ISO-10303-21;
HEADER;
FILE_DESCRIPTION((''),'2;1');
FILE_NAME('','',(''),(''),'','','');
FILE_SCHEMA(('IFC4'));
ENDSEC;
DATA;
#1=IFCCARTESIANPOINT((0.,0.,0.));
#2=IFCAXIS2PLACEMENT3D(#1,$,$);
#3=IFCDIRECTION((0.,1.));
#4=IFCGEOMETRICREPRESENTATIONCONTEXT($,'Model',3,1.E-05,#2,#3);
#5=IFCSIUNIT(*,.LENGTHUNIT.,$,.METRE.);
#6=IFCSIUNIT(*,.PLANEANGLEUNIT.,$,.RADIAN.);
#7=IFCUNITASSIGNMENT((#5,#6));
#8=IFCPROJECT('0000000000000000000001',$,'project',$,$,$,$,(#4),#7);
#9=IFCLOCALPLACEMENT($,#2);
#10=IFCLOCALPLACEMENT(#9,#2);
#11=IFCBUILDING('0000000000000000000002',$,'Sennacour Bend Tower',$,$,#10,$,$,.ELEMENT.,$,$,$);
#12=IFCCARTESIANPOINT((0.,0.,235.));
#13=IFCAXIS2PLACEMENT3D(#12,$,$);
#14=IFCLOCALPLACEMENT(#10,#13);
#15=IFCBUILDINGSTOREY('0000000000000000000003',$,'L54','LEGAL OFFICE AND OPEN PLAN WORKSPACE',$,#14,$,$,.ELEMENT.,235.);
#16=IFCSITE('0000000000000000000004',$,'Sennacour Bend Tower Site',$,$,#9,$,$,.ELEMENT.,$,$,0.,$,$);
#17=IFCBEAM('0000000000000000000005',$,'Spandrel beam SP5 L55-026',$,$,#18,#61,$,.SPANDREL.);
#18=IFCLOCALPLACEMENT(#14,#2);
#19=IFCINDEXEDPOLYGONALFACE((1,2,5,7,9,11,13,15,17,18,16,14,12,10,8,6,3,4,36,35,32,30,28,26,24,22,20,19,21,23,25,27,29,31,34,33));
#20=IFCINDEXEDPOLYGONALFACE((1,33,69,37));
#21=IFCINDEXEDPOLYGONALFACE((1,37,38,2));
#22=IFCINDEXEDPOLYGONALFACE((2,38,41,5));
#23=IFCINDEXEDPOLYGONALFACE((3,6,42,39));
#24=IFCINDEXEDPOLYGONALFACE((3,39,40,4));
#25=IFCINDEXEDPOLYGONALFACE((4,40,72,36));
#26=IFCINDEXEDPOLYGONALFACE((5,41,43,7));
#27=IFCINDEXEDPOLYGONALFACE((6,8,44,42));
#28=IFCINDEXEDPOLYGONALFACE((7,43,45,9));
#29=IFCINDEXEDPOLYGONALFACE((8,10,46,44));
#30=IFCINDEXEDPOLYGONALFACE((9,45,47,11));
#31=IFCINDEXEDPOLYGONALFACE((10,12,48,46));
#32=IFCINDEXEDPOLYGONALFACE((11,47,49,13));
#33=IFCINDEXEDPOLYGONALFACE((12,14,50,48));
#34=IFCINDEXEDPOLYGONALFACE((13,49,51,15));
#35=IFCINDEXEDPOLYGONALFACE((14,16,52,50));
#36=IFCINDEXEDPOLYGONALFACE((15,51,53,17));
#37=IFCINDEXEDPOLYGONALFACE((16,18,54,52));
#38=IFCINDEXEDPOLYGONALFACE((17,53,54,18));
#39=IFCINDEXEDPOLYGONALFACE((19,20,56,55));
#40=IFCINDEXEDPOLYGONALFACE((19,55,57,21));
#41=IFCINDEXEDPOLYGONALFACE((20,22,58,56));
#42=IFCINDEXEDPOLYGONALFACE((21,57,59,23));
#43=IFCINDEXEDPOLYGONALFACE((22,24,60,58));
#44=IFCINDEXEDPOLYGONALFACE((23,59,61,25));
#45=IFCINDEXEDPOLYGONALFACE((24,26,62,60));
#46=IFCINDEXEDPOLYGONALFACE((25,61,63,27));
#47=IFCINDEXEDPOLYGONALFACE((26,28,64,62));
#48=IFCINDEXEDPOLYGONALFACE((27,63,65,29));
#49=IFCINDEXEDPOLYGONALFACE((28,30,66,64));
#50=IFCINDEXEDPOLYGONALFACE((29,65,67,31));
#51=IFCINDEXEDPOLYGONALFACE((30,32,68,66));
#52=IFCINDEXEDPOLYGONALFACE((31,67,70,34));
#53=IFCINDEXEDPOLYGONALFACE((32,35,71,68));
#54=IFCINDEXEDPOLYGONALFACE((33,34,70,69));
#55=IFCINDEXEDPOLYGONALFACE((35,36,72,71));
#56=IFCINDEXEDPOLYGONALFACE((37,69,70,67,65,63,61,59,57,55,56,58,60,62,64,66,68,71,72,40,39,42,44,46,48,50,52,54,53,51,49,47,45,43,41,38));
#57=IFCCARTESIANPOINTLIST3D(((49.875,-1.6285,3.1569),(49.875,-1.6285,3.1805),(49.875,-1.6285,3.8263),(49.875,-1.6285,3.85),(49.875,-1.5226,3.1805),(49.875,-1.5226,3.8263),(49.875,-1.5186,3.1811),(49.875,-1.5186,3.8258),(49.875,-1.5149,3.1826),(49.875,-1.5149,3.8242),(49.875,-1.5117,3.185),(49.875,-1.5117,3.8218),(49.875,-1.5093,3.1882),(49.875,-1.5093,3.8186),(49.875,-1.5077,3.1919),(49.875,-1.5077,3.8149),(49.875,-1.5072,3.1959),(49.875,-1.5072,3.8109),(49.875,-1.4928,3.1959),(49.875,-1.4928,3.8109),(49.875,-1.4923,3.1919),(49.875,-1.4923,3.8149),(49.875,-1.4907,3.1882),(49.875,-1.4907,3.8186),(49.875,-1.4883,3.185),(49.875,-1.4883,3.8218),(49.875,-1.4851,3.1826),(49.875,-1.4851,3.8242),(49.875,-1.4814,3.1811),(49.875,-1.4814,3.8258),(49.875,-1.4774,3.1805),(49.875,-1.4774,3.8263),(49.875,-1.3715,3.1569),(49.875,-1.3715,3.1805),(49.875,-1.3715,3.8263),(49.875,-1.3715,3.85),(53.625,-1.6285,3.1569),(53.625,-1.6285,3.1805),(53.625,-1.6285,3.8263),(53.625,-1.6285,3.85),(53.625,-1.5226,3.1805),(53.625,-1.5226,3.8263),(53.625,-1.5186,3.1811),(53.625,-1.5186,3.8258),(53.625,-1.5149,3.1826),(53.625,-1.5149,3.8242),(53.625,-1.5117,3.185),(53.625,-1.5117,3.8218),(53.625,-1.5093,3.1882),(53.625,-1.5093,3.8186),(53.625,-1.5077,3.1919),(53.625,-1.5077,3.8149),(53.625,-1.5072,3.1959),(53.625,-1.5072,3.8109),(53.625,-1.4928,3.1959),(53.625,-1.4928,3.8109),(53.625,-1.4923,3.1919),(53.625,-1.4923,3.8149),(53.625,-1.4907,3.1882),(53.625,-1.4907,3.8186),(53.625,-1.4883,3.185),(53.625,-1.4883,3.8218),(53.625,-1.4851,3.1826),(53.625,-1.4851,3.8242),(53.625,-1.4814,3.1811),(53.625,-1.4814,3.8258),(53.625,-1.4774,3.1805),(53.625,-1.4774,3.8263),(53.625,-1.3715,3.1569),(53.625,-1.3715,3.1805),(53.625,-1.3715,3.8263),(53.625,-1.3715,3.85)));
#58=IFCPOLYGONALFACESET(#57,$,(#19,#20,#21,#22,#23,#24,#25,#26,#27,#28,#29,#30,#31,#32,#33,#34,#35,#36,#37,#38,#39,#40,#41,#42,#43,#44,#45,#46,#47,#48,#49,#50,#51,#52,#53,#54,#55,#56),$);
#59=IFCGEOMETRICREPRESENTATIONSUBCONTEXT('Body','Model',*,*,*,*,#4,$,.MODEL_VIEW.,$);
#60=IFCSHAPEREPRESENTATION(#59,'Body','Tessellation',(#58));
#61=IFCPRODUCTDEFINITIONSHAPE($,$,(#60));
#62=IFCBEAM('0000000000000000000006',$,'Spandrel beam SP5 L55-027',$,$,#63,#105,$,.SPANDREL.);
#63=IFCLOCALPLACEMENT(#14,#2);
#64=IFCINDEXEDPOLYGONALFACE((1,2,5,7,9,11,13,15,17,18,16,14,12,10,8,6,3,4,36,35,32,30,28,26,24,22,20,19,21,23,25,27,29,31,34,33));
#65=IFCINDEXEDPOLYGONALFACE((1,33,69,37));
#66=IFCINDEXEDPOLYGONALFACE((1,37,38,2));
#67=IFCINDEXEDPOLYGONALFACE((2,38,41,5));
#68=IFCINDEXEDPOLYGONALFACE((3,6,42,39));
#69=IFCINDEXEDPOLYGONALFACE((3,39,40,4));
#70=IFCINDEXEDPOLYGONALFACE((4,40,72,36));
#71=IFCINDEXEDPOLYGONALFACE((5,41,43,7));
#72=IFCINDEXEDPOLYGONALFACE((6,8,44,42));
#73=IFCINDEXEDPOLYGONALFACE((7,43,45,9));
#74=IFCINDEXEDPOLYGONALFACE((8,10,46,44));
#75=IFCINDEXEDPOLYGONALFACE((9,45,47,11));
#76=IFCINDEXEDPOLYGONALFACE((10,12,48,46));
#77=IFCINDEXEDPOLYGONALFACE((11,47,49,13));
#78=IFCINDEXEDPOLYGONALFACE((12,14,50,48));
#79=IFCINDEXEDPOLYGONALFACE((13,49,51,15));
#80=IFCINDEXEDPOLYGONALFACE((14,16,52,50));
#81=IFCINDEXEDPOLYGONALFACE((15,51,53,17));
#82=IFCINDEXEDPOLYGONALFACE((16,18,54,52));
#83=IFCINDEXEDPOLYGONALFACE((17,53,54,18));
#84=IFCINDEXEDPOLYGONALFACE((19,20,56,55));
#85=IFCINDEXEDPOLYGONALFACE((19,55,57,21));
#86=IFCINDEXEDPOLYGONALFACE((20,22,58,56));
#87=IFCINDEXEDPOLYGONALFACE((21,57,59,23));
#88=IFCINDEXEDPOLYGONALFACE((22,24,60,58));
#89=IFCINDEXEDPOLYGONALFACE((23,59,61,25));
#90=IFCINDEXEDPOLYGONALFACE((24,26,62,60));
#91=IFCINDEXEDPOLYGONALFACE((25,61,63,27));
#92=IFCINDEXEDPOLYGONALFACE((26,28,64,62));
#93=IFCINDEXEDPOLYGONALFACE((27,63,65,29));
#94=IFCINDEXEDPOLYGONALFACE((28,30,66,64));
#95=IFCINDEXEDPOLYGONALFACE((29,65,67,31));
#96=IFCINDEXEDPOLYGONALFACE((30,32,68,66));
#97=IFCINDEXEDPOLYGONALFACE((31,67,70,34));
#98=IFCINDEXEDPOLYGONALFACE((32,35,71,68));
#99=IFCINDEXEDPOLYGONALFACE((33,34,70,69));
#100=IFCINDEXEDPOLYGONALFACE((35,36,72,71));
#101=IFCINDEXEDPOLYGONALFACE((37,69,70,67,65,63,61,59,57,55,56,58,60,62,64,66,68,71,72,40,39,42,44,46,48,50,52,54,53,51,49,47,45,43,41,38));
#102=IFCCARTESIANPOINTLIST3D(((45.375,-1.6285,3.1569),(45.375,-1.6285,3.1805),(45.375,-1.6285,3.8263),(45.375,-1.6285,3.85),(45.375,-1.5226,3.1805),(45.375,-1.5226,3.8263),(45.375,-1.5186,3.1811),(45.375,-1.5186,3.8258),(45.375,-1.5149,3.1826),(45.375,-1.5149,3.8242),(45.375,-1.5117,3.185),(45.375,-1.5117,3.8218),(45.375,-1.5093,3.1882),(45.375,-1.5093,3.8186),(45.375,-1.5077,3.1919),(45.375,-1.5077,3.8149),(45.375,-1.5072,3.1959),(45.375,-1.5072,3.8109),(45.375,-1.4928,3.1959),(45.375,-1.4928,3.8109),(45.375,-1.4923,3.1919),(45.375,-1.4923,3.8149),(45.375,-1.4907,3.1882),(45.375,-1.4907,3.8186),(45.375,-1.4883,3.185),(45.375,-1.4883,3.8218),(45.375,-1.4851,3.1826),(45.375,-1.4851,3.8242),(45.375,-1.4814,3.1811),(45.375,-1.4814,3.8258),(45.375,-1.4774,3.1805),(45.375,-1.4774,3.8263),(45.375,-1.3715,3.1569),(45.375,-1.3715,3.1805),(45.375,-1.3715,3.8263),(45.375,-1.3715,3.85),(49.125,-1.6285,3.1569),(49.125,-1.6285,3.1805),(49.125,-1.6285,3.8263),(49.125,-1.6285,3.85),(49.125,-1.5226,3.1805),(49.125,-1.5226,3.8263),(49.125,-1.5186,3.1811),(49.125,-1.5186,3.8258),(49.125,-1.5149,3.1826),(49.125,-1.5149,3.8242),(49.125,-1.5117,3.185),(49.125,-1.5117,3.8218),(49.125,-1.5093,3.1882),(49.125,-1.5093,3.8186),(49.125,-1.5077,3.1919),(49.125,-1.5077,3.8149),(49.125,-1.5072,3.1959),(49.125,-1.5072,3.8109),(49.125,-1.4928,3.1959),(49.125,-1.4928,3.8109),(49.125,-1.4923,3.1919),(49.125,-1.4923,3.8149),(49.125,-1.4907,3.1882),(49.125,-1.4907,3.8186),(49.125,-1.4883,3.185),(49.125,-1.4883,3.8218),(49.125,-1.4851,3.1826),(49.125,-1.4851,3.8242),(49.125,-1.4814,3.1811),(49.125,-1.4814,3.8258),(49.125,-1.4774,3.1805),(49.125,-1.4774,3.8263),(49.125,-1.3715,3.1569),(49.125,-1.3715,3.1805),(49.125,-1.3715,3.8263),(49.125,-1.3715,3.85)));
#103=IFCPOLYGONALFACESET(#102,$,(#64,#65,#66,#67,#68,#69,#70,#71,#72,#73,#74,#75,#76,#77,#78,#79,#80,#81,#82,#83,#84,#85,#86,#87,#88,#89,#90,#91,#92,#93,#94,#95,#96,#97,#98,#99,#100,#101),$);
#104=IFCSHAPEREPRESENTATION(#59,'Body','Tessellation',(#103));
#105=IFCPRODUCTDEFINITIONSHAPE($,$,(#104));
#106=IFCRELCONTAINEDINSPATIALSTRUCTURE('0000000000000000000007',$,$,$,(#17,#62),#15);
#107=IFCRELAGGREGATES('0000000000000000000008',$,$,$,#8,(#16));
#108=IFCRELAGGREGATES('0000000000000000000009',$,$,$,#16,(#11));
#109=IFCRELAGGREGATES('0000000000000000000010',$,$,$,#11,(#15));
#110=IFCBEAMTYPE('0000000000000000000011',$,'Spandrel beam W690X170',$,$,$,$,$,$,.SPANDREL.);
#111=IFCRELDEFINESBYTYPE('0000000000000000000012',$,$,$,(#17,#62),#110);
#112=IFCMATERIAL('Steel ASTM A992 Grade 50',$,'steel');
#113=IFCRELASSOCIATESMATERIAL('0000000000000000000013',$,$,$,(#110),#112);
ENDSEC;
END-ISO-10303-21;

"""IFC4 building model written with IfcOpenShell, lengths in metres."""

from ifc_helpers import new_model, si_unit, direction, frame, origin, origin_2d, place, context, subcontext, project, spatial, i_section, extrude, material, material_profile, profile_set, type_object, element, save


model = new_model("IFC4")

# Units and contexts
model_context = context("Model", 3, precision=1e-05, world=origin(), true_north=direction((0.0, 1.0)))
body_context = subcontext(model_context, "Body", "Model", "MODEL_VIEW")
ifc_project = project(units=[si_unit("LENGTHUNIT", "METRE"), si_unit("PLANEANGLEUNIT", "RADIAN")], contexts=[model_context])

# Site, building, storey
site_placement = place(None, origin())
site = spatial("IfcSite", under=ifc_project, at=site_placement, Name="Sennacour Bend Tower Site", CompositionType="ELEMENT", RefElevation=0.0)
building_placement = place(site_placement, origin())
building = spatial("IfcBuilding", under=site, at=building_placement, Name="Sennacour Bend Tower", CompositionType="ELEMENT")
storey_placement = place(building_placement, frame((0.0, 0.0, 235.0)))
storey = spatial("IfcBuildingStorey", under=building, at=storey_placement, Name="L54", Description="LEGAL OFFICE AND OPEN PLAN WORKSPACE", CompositionType="ELEMENT", Elevation=235.0)

# Beams
ifc_material_1 = material(Name="Steel ASTM A992 Grade 50", Category="steel")
ifc_material_profile_1 = material_profile(ifc_material_1, i_section(OverallWidth=0.2571, OverallDepth=0.6931, WebThickness=0.0144, FlangeThickness=0.0237, FilletRadius=0.0154, at=origin_2d()), Name="Steel ASTM A992 Grade 50", Category="steel")
ifc_profile_set_1 = profile_set([ifc_material_profile_1], Name="Steel ASTM A992 Grade 50")
beam_type_1 = type_object("IfcBeamType", Name="Spandrel beam W690X170", PredefinedType="SPANDREL", material=ifc_profile_set_1)
for number, where, z_axis, x_axis, name in (
    (1, (53.625, -1.5, 3.5034), (-1.0, 0.0, 0.0), (0.0, -1.0, 0.0), "Spandrel beam SP5 L55-026"),
    (2, (49.125, -1.5, 3.5034), (-1.0, 0.0, 0.0), (0.0, -1.0, 0.0), "Spandrel beam SP5 L55-027"),
):
    element("IfcBeam", number, at=place(storey_placement, frame(where, z_axis=z_axis, x_axis=x_axis)), inside=storey, type_object=beam_type_1, Name=name, PredefinedType="SPANDREL", context=body_context, shape_type="SweptSolid", body=[
        extrude(i_section(OverallWidth=0.2571, OverallDepth=0.6931, WebThickness=0.0144, FlangeThickness=0.0237, FilletRadius=0.0154, at=origin_2d()), origin(), (0.0, 0.0, 1.0), 3.75),
    ])

save(model, "model.ifc")
